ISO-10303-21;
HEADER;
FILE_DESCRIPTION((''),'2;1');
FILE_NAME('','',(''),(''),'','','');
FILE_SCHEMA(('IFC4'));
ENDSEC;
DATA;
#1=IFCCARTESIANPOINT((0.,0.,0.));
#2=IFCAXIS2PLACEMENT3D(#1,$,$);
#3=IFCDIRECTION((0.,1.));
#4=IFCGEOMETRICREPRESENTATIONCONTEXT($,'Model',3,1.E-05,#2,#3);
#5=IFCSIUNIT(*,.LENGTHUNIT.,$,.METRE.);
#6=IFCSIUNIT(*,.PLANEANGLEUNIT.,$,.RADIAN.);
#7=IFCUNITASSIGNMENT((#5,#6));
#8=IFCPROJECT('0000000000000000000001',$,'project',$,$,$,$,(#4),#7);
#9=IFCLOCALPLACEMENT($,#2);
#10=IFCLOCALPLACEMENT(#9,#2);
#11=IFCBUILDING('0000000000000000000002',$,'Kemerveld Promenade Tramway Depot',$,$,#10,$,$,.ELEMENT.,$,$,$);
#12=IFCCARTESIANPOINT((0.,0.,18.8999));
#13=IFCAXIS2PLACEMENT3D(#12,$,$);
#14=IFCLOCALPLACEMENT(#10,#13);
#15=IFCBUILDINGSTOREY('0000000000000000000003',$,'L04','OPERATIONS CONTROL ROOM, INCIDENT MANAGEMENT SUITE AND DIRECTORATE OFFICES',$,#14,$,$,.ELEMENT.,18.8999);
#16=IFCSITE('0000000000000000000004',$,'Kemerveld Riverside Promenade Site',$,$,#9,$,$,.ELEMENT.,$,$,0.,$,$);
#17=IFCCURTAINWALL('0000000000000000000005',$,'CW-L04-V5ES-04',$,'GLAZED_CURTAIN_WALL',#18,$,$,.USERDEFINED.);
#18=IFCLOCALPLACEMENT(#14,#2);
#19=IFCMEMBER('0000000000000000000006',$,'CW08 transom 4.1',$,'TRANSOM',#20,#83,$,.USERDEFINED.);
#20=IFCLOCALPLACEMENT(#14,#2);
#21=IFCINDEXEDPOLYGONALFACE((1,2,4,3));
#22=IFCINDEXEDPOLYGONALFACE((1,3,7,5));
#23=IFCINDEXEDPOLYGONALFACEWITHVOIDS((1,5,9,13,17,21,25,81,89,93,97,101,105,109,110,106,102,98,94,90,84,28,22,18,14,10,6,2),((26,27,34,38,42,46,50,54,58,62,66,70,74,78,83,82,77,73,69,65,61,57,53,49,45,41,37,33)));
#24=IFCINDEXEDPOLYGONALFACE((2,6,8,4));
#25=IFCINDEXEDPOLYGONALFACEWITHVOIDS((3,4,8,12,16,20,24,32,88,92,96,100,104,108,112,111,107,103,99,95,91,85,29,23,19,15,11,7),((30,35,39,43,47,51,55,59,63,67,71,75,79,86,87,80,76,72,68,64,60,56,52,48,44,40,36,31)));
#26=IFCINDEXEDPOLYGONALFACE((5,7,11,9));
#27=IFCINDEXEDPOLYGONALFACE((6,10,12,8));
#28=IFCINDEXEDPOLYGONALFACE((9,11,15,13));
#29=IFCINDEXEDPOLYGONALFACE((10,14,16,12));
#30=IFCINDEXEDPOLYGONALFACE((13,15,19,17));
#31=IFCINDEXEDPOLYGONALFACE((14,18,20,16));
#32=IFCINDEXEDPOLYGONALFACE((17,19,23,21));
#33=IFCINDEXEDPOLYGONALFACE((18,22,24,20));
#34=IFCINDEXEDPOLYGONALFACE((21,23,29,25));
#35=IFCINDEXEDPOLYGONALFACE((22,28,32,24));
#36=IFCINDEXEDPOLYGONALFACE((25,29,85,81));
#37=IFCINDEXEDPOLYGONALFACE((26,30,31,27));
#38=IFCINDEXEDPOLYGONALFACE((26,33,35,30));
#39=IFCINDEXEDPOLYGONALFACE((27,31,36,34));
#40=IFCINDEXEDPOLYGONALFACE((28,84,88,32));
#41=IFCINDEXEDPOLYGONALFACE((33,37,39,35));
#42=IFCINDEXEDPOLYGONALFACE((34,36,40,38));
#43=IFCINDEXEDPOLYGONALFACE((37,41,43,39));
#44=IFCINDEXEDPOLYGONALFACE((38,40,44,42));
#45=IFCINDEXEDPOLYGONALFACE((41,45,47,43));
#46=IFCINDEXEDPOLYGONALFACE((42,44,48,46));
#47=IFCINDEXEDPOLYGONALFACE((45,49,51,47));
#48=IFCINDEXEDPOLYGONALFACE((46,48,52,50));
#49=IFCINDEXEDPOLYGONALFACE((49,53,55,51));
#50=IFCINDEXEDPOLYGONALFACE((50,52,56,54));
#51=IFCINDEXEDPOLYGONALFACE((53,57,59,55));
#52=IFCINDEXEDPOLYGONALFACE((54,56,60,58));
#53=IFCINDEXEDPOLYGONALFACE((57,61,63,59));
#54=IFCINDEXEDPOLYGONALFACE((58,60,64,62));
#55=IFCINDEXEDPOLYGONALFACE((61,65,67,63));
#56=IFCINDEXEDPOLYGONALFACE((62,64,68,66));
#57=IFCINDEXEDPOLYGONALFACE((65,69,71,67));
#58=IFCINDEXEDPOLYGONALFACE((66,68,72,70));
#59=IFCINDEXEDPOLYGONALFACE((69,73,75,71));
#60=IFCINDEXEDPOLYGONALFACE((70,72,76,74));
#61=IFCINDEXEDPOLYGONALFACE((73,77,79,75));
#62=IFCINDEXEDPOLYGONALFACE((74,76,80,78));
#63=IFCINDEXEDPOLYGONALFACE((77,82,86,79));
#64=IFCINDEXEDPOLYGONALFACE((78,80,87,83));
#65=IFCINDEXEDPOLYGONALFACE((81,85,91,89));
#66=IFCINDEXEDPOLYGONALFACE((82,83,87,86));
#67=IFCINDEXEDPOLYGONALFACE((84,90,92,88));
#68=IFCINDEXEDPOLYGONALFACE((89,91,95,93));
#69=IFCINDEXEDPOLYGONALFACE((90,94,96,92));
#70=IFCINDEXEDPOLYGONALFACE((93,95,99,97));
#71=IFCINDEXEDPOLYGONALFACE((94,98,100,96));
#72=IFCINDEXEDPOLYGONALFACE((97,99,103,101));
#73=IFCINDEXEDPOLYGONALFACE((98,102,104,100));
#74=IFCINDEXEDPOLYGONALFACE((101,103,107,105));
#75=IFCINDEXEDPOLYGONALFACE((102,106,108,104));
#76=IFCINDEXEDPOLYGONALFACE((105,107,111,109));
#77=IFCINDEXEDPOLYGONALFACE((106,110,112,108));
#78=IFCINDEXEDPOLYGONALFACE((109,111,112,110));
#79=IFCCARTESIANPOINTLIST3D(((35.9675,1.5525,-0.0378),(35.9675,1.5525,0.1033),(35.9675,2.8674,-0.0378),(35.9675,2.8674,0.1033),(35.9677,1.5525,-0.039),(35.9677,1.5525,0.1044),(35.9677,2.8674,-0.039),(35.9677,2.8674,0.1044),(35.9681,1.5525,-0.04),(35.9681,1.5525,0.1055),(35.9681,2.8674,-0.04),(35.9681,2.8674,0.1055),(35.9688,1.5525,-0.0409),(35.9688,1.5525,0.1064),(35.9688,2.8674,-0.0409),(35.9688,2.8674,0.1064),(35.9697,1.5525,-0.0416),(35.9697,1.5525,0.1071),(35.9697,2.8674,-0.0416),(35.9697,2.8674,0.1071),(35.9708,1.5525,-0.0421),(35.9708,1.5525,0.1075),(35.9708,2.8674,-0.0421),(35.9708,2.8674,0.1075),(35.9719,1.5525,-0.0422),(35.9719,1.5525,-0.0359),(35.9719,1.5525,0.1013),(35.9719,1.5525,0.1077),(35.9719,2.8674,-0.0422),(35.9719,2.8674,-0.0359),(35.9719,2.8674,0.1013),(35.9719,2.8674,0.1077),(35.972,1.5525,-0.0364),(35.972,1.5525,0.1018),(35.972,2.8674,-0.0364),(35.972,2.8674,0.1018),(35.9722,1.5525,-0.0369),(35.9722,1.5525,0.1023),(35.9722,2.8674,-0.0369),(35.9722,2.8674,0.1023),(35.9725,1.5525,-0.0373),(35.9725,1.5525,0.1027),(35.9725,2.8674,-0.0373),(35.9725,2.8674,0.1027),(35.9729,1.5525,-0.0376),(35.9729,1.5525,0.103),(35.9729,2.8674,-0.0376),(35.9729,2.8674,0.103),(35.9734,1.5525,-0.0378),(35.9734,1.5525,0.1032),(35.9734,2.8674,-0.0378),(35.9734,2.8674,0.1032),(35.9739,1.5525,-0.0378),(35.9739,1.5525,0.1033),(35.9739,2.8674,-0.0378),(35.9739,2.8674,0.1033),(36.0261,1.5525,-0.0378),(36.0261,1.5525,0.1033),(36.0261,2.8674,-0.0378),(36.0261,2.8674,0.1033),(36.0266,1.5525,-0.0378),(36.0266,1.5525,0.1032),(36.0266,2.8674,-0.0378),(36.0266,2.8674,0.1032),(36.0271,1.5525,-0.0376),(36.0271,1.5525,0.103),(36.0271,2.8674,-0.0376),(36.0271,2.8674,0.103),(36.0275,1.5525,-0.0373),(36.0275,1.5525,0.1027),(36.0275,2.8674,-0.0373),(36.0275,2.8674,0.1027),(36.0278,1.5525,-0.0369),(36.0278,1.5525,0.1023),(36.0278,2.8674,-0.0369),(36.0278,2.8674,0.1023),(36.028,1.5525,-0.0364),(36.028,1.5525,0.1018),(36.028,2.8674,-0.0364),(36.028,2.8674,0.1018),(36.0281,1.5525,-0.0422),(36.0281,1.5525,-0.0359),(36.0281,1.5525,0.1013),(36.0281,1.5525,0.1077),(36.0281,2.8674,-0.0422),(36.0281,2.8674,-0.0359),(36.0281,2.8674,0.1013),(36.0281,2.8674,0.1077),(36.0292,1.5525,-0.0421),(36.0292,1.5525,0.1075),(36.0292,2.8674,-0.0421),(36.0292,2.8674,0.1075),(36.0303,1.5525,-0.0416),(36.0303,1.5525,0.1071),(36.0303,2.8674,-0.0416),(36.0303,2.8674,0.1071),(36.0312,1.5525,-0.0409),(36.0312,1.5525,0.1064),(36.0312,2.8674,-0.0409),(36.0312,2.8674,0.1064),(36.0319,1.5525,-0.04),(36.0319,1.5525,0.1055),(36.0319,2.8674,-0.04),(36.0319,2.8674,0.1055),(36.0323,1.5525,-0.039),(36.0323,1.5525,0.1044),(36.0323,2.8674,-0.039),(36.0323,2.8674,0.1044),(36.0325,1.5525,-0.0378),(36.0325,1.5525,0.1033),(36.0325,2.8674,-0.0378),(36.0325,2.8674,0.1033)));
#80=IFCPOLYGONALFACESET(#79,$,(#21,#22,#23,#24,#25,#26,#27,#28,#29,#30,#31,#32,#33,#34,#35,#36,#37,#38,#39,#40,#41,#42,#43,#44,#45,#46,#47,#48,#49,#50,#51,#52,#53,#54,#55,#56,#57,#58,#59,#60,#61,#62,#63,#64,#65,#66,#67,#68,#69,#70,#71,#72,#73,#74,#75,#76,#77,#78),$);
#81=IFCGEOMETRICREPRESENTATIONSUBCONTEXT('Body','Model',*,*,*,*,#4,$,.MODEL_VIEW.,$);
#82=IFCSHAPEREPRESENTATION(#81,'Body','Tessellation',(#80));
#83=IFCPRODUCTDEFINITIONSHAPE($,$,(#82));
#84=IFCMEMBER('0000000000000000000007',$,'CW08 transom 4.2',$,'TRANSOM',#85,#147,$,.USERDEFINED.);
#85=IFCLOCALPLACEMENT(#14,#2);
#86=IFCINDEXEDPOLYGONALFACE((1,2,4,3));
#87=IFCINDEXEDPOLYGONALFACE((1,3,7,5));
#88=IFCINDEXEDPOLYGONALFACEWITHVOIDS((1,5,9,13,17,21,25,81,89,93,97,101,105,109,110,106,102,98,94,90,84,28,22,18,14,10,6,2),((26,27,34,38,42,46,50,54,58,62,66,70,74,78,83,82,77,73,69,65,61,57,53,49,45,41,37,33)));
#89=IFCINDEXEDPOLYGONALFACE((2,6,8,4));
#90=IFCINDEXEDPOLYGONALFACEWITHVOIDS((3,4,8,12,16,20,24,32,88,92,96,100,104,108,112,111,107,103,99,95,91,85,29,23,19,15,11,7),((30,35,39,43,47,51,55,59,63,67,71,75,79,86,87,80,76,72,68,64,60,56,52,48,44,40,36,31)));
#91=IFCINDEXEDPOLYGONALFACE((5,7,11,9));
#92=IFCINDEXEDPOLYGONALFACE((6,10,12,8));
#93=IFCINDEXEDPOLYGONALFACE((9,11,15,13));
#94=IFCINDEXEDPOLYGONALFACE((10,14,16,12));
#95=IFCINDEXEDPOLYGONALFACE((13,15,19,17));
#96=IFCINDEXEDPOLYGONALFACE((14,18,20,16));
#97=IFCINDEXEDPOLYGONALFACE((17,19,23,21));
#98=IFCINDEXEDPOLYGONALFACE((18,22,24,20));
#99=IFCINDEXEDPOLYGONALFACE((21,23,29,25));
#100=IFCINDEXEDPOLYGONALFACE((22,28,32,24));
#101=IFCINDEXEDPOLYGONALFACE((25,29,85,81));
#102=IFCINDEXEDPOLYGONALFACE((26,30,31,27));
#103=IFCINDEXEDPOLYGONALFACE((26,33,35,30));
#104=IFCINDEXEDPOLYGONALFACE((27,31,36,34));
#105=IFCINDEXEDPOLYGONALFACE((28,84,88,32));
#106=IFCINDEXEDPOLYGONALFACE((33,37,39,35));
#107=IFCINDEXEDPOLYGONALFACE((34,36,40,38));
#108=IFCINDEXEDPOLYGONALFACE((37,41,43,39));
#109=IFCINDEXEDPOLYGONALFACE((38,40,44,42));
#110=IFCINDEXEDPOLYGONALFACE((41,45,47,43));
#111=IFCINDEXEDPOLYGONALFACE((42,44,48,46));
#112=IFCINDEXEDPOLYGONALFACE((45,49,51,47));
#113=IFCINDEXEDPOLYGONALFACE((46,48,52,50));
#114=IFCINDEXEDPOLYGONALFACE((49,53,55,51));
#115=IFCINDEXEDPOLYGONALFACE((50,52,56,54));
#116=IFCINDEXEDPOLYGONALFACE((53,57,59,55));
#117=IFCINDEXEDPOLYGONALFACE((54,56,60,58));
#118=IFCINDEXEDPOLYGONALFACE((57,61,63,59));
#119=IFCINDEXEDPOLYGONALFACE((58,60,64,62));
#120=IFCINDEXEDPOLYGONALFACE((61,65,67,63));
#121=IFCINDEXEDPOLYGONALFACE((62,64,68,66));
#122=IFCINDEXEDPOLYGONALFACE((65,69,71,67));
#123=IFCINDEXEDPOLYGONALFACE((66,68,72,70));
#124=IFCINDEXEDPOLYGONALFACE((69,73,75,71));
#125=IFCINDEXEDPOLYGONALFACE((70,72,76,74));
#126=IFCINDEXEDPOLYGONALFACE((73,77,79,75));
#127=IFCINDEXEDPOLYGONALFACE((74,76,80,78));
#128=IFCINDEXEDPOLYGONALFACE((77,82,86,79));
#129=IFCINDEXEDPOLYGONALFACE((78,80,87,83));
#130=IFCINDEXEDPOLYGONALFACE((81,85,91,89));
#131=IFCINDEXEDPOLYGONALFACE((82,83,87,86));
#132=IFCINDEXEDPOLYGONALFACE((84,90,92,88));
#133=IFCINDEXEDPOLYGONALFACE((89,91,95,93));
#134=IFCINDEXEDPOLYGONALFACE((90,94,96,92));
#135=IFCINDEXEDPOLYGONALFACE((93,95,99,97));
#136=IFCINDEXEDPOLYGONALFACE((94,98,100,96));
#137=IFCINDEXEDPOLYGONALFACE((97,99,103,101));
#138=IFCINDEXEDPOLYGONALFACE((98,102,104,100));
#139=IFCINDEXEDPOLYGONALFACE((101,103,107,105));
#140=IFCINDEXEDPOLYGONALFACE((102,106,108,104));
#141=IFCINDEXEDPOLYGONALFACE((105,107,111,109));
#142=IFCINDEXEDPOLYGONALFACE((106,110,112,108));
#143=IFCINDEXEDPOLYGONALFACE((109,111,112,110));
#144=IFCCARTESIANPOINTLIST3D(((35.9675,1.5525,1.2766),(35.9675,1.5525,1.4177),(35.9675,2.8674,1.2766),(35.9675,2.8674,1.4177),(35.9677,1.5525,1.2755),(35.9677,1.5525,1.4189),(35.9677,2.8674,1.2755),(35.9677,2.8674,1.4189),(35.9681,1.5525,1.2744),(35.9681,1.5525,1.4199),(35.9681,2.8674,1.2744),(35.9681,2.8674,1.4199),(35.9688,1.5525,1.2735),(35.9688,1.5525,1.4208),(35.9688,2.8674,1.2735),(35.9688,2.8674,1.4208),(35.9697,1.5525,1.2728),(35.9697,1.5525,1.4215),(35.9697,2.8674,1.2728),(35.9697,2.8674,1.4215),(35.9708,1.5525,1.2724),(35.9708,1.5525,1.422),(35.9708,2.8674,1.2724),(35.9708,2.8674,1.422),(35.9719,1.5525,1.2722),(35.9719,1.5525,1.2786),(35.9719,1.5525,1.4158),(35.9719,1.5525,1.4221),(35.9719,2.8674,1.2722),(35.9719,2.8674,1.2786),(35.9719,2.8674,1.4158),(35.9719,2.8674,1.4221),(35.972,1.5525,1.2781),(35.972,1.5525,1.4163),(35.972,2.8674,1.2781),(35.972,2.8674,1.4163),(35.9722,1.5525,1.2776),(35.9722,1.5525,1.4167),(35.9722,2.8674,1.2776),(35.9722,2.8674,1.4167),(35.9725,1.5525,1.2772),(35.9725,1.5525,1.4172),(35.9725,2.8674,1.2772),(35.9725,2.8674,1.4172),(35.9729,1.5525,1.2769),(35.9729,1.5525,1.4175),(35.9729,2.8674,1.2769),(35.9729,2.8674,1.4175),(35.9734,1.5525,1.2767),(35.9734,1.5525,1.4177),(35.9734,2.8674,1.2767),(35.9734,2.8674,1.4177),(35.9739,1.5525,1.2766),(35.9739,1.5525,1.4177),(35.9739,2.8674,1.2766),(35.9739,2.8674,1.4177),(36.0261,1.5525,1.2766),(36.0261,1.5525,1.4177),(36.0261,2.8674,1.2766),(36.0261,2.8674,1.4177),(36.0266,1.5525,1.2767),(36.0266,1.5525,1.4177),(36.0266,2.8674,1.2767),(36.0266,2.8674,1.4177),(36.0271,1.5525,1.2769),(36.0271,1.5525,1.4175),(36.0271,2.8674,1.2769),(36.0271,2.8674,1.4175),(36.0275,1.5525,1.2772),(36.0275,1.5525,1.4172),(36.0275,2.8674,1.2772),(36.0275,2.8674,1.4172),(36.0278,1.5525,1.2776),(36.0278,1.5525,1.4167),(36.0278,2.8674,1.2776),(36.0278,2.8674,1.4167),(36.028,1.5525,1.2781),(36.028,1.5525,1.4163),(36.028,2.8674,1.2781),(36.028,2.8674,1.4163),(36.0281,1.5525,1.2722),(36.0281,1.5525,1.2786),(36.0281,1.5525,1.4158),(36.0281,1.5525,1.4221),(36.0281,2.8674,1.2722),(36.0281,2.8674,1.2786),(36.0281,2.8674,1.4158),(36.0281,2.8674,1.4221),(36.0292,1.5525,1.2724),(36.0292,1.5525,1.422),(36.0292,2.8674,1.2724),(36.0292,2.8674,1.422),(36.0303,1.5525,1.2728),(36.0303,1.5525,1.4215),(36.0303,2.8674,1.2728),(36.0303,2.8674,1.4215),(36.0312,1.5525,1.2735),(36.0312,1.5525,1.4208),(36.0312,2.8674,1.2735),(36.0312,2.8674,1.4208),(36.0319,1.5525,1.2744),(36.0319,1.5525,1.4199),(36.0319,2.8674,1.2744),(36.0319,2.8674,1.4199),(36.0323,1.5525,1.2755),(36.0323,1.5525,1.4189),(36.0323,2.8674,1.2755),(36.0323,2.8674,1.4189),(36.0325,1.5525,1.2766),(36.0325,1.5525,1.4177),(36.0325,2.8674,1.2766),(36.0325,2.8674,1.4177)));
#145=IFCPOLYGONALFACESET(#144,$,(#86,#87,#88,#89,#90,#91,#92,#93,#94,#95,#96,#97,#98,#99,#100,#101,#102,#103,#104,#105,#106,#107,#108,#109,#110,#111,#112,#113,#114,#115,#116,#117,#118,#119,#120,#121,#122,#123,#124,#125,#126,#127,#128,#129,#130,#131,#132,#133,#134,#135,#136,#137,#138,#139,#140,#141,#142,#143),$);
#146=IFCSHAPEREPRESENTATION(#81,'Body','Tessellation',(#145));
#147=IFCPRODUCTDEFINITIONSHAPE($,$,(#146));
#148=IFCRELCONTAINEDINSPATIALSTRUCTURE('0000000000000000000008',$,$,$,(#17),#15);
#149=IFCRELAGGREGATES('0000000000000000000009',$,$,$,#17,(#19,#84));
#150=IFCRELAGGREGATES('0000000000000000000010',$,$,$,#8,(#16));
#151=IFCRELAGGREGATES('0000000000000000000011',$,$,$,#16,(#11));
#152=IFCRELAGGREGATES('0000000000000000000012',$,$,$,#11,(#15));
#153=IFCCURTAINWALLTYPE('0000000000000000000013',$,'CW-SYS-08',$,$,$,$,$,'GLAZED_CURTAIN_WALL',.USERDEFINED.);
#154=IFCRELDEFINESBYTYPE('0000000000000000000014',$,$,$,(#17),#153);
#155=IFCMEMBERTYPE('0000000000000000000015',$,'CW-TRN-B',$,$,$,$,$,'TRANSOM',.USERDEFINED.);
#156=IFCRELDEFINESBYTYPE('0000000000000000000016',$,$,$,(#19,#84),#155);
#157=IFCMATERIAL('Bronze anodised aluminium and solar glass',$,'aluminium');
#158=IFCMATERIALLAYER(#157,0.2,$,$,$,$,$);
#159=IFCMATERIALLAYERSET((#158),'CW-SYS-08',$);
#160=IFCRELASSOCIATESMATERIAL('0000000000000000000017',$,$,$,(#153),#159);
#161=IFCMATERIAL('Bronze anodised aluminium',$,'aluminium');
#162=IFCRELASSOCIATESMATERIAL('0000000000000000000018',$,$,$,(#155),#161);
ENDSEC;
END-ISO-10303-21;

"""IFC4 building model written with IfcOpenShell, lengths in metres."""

from ifc_helpers import new_model, si_unit, direction, frame, origin, origin_2d, place, context, subcontext, project, spatial, hollow_rectangle, extrude, material, layer, layer_set, material_profile, profile_set, type_object, element, aggregate, save


model = new_model("IFC4")

# Units and contexts
model_context = context("Model", 3, precision=1e-05, world=origin(), true_north=direction((0.0, 1.0)))
body_context = subcontext(model_context, "Body", "Model", "MODEL_VIEW")
ifc_project = project(units=[si_unit("LENGTHUNIT", "METRE"), si_unit("PLANEANGLEUNIT", "RADIAN")], contexts=[model_context])

# Site, building, storey
site_placement = place(None, origin())
site = spatial("IfcSite", under=ifc_project, at=site_placement, Name="Kemerveld Riverside Promenade Site", CompositionType="ELEMENT", RefElevation=0.0)
building_placement = place(site_placement, origin())
building = spatial("IfcBuilding", under=site, at=building_placement, Name="Kemerveld Promenade Tramway Depot", CompositionType="ELEMENT")
storey_placement = place(building_placement, frame((0.0, 0.0, 18.8999)))
storey = spatial("IfcBuildingStorey", under=building, at=storey_placement, Name="L04", Description="OPERATIONS CONTROL ROOM, INCIDENT MANAGEMENT SUITE AND DIRECTORATE OFFICES", CompositionType="ELEMENT", Elevation=18.8999)

# Shared definitions
ifc_material_1 = material(Name="Bronze anodised aluminium and solar glass", Category="aluminium")
ifc_material_2 = material(Name="Bronze anodised aluminium", Category="aluminium")

# Curtain wall
ifc_layer_1 = layer(ifc_material_1, 0.2)
ifc_layer_set_1 = layer_set([ifc_layer_1], Name="CW-SYS-08")
curtain_wall_type_1 = type_object("IfcCurtainWallType", Name="CW-SYS-08", ElementType="GLAZED_CURTAIN_WALL", PredefinedType="USERDEFINED", material=ifc_layer_set_1)
curtain_wall_1_placement = place(storey_placement, origin())
curtain_wall_1 = element("IfcCurtainWall", 1, at=curtain_wall_1_placement, inside=storey, type_object=curtain_wall_type_1, Name="CW-L04-V5ES-04", ObjectType="GLAZED_CURTAIN_WALL", PredefinedType="USERDEFINED")

# Members
ifc_material_profile_1 = material_profile(ifc_material_2, hollow_rectangle(XDim=0.0649, YDim=0.1499, WallThickness=0.0044, InnerFilletRadius=0.002, OuterFilletRadius=0.0044, at=origin_2d()), Name="CW-TRN-150x65")
ifc_profile_set_1 = profile_set([ifc_material_profile_1], Name="Bronze anodised aluminium")
member_type_1 = type_object("IfcMemberType", Name="CW-TRN-B", ElementType="TRANSOM", PredefinedType="USERDEFINED", material=ifc_profile_set_1)
member_1_placement = place(storey_placement, frame((36.0, 2.8674, 0.0327), z_axis=(0.0, -1.0, 0.0), x_axis=(1.0, 0.0, 0.0)))
member_1 = element("IfcMember", 2, at=member_1_placement, type_object=member_type_1, Name="CW08 transom 4.1", ObjectType="TRANSOM", PredefinedType="USERDEFINED", context=body_context, shape_type="SweptSolid", body=[
    extrude(hollow_rectangle(XDim=0.0649, YDim=0.1499, WallThickness=0.0044, InnerFilletRadius=0.002, OuterFilletRadius=0.0044, at=origin_2d()), origin(), (0.0, 0.0, 1.0), 1.3149),
])
member_2_placement = place(storey_placement, frame((36.0, 2.8674, 1.3472), z_axis=(0.0, -1.0, 0.0), x_axis=(1.0, 0.0, 0.0)))
member_2 = element("IfcMember", 3, at=member_2_placement, type_object=member_type_1, Name="CW08 transom 4.2", ObjectType="TRANSOM", PredefinedType="USERDEFINED", context=body_context, shape_type="SweptSolid", body=[
    extrude(hollow_rectangle(XDim=0.0649, YDim=0.1499, WallThickness=0.0044, InnerFilletRadius=0.002, OuterFilletRadius=0.0044, at=origin_2d()), origin(), (0.0, 0.0, 1.0), 1.3149),
])

aggregate(curtain_wall_1, [member_1, member_2])

save(model, "model.ifc")
